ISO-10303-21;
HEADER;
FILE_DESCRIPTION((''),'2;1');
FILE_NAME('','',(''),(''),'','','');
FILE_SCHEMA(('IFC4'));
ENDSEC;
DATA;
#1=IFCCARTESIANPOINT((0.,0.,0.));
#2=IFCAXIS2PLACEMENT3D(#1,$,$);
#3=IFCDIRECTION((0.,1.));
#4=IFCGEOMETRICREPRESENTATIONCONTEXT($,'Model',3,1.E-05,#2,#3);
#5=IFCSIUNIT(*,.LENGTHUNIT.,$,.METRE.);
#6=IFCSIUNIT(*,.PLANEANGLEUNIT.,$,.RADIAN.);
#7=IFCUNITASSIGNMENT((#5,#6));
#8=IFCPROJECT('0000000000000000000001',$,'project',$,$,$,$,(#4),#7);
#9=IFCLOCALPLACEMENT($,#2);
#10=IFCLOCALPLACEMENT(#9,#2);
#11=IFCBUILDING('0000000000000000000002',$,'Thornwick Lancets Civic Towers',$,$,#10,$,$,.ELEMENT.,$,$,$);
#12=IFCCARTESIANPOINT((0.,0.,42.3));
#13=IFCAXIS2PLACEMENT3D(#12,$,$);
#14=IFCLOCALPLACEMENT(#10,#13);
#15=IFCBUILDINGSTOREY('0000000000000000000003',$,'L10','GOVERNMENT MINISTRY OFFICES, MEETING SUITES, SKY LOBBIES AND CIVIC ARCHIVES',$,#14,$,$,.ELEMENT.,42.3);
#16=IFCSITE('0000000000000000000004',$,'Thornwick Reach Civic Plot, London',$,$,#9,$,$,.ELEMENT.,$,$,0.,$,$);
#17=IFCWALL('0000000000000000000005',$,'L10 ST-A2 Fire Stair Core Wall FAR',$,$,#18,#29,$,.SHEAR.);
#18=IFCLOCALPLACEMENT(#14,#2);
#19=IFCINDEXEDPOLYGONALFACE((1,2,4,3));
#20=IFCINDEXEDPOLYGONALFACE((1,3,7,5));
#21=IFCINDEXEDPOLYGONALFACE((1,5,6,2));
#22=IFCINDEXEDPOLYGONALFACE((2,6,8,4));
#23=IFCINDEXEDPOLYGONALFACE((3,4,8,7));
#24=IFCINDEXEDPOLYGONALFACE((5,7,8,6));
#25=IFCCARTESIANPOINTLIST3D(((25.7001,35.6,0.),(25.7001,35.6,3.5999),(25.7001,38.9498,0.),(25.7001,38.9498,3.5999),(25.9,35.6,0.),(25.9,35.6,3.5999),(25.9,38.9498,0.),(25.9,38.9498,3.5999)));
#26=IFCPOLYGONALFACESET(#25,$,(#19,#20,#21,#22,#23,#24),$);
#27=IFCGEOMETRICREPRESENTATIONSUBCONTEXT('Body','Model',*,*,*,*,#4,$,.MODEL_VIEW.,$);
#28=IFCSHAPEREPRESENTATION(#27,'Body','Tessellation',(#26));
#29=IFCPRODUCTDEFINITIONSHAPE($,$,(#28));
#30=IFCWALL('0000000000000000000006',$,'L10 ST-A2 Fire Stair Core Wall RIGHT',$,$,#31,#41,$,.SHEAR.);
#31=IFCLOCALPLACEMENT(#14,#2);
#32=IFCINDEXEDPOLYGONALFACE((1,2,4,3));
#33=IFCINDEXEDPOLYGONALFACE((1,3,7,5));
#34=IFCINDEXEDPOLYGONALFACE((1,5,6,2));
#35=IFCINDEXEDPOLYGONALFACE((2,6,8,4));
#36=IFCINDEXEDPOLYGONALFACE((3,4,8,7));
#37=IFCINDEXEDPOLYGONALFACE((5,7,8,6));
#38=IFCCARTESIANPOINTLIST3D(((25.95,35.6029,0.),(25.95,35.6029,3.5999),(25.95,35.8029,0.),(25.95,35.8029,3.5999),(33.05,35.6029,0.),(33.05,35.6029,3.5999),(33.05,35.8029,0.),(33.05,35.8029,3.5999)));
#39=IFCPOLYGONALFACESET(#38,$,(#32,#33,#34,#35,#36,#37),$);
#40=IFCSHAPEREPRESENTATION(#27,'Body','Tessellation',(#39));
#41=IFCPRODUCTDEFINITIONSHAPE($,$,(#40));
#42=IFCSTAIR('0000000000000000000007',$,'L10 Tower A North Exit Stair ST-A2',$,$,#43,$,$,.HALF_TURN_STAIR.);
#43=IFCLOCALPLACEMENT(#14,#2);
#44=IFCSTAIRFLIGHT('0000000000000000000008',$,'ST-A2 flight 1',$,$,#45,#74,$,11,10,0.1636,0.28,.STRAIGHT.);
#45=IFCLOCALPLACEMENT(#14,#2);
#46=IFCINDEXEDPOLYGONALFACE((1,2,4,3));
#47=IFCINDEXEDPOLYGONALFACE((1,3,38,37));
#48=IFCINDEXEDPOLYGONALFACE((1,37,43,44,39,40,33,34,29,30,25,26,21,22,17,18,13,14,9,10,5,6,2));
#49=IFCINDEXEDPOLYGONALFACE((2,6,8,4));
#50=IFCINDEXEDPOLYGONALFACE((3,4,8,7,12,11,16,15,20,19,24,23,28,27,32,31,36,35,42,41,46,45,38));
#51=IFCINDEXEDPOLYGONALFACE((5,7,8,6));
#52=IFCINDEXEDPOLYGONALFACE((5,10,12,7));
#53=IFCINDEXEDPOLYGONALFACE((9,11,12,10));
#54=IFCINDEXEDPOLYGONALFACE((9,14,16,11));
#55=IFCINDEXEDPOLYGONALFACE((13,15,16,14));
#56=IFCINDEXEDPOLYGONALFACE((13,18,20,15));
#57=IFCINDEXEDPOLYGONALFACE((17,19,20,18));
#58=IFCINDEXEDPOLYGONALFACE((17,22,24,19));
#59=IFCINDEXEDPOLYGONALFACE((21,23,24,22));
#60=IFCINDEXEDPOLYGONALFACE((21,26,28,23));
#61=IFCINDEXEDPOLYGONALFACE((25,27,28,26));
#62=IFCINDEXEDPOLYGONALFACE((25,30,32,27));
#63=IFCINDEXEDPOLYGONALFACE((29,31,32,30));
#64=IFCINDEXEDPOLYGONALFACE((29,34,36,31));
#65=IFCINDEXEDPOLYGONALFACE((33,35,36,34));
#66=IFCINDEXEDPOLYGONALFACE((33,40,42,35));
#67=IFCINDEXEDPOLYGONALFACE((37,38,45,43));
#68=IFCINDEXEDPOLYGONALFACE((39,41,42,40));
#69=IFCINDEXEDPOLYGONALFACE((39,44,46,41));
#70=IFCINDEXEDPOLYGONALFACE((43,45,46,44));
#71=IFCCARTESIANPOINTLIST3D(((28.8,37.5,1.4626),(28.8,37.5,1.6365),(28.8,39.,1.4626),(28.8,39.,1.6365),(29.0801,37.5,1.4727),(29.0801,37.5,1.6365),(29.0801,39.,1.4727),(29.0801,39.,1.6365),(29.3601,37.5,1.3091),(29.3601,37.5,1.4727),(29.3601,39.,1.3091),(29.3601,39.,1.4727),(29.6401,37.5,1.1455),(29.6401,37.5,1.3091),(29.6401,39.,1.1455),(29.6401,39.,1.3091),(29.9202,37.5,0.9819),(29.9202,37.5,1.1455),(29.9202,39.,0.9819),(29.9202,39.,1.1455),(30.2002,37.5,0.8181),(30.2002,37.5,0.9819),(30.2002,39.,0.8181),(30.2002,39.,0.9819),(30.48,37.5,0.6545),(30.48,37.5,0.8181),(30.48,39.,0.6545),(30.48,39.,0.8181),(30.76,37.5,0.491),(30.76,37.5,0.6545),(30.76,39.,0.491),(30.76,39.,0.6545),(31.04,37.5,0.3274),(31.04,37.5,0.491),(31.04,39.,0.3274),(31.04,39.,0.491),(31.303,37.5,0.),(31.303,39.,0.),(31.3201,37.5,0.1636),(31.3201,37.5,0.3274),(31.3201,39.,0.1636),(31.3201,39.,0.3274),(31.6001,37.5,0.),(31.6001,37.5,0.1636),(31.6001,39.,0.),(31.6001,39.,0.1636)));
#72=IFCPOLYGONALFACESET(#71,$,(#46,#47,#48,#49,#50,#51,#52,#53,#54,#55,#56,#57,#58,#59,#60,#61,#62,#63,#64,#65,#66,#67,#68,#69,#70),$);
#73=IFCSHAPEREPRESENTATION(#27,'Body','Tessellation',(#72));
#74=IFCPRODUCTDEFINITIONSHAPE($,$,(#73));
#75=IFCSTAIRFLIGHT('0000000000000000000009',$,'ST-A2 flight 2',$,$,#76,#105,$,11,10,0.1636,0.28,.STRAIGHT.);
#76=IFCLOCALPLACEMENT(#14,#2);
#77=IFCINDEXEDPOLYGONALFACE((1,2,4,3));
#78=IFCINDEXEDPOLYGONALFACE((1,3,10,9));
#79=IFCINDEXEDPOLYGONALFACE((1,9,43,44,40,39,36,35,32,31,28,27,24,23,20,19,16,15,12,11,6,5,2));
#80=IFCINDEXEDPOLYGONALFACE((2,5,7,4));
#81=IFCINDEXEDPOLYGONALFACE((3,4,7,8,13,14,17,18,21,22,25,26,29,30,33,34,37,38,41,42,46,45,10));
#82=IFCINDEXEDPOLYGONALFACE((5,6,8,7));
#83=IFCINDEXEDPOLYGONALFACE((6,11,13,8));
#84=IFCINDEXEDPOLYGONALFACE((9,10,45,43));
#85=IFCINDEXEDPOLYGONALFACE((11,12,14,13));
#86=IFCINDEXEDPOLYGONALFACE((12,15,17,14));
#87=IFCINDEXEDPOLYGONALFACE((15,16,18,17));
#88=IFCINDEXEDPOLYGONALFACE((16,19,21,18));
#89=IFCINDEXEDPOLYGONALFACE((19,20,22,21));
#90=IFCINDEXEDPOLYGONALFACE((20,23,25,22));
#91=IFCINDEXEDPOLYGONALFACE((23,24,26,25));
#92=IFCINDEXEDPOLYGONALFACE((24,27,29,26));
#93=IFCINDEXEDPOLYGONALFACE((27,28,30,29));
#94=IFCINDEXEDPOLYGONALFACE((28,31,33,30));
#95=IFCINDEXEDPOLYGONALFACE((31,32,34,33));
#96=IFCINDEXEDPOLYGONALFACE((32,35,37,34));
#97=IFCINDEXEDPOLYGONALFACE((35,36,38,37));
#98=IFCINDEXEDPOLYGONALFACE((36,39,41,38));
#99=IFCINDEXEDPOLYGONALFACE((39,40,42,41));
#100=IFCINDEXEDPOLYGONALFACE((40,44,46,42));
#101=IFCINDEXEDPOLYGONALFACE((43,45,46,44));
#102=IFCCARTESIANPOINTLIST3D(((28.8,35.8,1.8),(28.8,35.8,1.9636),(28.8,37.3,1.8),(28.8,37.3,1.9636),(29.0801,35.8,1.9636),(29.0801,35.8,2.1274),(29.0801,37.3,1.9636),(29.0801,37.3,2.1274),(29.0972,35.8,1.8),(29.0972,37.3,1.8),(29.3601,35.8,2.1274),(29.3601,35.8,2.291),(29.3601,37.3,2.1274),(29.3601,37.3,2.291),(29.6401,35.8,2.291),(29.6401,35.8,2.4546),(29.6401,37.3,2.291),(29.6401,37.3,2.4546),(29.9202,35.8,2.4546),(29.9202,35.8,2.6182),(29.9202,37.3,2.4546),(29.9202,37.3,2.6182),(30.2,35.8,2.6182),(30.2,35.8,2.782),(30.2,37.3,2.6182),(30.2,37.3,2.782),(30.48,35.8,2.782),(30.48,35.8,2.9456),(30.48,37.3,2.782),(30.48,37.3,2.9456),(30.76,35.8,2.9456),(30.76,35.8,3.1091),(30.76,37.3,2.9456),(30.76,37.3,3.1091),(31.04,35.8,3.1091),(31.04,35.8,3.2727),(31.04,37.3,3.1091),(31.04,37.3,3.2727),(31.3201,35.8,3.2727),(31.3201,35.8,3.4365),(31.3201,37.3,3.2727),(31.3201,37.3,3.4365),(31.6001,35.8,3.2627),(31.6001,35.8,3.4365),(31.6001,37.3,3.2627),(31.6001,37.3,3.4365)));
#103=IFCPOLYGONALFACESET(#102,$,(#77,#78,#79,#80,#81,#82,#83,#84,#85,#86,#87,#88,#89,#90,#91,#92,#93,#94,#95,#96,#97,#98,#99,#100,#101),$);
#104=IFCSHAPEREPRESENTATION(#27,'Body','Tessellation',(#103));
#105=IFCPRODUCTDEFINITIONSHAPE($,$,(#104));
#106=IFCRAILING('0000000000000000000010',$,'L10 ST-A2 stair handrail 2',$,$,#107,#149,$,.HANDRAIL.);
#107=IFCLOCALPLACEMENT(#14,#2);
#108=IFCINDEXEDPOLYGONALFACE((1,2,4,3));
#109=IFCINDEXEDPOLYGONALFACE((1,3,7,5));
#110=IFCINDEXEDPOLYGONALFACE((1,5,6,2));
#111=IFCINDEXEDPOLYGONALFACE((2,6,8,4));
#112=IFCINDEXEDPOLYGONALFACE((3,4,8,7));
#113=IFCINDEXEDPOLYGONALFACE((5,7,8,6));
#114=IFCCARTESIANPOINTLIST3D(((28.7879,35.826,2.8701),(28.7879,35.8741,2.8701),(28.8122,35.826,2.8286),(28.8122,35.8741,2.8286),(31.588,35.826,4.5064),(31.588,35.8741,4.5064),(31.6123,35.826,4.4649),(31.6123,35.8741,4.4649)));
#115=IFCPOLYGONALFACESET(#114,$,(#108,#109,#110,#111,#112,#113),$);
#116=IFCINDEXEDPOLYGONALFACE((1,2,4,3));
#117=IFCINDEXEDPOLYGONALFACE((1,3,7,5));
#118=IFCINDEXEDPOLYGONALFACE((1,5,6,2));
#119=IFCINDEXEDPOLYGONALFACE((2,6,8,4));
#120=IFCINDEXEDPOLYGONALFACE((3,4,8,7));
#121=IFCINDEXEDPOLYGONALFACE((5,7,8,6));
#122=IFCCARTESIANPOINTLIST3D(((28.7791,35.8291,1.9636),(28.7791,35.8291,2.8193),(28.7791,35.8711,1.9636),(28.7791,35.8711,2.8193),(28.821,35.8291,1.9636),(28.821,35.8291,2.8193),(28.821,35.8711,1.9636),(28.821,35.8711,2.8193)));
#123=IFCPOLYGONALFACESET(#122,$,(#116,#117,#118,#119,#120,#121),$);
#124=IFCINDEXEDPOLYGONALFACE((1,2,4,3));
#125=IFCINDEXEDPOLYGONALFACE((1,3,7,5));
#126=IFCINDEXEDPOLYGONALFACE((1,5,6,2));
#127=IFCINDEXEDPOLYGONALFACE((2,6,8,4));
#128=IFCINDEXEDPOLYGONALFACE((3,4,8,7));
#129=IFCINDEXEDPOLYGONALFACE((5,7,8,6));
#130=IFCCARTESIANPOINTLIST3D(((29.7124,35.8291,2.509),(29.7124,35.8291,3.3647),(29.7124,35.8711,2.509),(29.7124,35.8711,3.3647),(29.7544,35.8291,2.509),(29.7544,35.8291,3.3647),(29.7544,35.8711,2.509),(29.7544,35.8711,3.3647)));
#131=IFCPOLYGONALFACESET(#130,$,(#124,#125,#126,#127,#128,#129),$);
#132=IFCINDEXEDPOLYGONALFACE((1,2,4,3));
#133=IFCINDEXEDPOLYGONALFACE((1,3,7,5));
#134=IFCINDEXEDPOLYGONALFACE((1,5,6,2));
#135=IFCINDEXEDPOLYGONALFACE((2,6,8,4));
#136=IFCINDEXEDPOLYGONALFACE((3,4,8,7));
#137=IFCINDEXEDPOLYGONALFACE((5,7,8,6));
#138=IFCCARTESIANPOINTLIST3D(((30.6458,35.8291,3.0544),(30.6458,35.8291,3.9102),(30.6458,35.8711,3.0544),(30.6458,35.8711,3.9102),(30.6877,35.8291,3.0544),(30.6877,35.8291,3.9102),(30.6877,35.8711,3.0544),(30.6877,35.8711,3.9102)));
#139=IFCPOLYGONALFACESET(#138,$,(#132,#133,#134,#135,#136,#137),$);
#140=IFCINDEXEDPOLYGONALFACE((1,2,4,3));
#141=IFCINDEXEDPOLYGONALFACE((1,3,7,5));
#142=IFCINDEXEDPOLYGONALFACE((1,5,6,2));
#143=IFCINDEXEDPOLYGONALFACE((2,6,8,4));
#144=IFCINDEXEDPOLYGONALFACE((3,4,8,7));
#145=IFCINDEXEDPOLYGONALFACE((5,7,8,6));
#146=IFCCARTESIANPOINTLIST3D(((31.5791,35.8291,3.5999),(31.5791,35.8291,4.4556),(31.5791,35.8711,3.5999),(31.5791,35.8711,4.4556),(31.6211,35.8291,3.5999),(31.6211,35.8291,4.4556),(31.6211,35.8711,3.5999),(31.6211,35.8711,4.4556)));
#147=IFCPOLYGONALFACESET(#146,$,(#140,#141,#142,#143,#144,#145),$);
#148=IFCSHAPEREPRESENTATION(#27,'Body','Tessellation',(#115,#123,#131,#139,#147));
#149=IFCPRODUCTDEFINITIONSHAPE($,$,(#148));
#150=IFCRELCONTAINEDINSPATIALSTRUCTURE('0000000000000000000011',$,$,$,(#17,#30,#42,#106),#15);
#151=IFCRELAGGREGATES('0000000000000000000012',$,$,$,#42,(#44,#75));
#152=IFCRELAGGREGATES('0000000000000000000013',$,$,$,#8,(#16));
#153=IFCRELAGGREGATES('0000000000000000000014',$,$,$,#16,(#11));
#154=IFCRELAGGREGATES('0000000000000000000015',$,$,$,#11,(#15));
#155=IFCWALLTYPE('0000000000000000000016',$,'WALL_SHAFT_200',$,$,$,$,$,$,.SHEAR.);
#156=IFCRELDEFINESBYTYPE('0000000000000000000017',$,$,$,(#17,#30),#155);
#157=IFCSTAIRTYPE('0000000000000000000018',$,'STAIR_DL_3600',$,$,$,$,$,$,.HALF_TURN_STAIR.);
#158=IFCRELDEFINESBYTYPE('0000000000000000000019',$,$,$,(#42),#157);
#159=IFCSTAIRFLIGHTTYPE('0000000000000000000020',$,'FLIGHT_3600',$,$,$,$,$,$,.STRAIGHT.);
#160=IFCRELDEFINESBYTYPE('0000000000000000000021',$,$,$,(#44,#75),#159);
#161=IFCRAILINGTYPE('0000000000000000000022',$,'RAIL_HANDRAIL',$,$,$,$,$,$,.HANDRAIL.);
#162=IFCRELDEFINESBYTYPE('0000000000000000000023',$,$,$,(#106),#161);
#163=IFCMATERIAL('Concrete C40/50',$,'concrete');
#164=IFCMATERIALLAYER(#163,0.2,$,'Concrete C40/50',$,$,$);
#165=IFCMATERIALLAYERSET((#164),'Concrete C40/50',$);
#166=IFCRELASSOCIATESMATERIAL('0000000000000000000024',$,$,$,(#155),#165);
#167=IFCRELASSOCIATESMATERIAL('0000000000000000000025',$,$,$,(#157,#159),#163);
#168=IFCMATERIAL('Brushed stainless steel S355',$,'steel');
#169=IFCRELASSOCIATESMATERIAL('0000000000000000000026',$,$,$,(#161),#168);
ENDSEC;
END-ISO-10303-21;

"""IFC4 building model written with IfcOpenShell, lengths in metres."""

from ifc_helpers import new_model, si_unit, direction, frame, frame_2d, origin, origin_2d, place, context, subcontext, project, spatial, polyline, rectangle, outline, extrude, material, layer, layer_set, type_object, element, aggregate, save


model = new_model("IFC4")

# Units and contexts
model_context = context("Model", 3, precision=1e-05, world=origin(), true_north=direction((0.0, 1.0)))
body_context = subcontext(model_context, "Body", "Model", "MODEL_VIEW")
ifc_project = project(units=[si_unit("LENGTHUNIT", "METRE"), si_unit("PLANEANGLEUNIT", "RADIAN")], contexts=[model_context])

# Site, building, storey
site_placement = place(None, origin())
site = spatial("IfcSite", under=ifc_project, at=site_placement, Name="Thornwick Reach Civic Plot, London", CompositionType="ELEMENT", RefElevation=0.0)
building_placement = place(site_placement, origin())
building = spatial("IfcBuilding", under=site, at=building_placement, Name="Thornwick Lancets Civic Towers", CompositionType="ELEMENT")
storey_placement = place(building_placement, frame((0.0, 0.0, 42.3)))
storey = spatial("IfcBuildingStorey", under=building, at=storey_placement, Name="L10", Description="GOVERNMENT MINISTRY OFFICES, MEETING SUITES, SKY LOBBIES AND CIVIC ARCHIVES", CompositionType="ELEMENT", Elevation=42.3)

# Shared definitions
ifc_material_1 = material(Name="Concrete C40/50", Category="concrete")

# Walls
ifc_layer_1 = layer(ifc_material_1, 0.2, Name="Concrete C40/50")
ifc_layer_set_1 = layer_set([ifc_layer_1], Name="Concrete C40/50")
wall_type_1 = type_object("IfcWallType", Name="WALL_SHAFT_200", PredefinedType="SHEAR", material=ifc_layer_set_1)
wall_1_placement = place(storey_placement, frame((25.8, 35.6001, 0.0), z_axis=(0.0, 0.0, 1.0), x_axis=(0.0, 1.0, 0.0)))
element("IfcWall", 1, at=wall_1_placement, inside=storey, type_object=wall_type_1, Name="L10 ST-A2 Fire Stair Core Wall FAR", PredefinedType="SHEAR", context=body_context, shape_type="SweptSolid", body=[
    extrude(rectangle(XDim=3.3499, YDim=0.2, at=frame_2d((1.6748, 0.0))), origin(), (0.0, 0.0, 1.0), 3.5999),
])
wall_2_placement = place(storey_placement, frame((25.95, 35.7029, 0.0), z_axis=(0.0, 0.0, 1.0), x_axis=(1.0, 0.0, 0.0)))
element("IfcWall", 2, at=wall_2_placement, inside=storey, type_object=wall_type_1, Name="L10 ST-A2 Fire Stair Core Wall RIGHT", PredefinedType="SHEAR", context=body_context, shape_type="SweptSolid", body=[
    extrude(rectangle(XDim=7.1001, YDim=0.2, at=frame_2d((3.55, 0.0))), origin(), (0.0, 0.0, 1.0), 3.5999),
])

# Stair, stair flights
stair_type = type_object("IfcStairType", Name="STAIR_DL_3600", PredefinedType="HALF_TURN_STAIR", material=ifc_material_1)
stair_placement = place(storey_placement, origin())
stair = element("IfcStair", 3, at=stair_placement, inside=storey, type_object=stair_type, Name="L10 Tower A North Exit Stair ST-A2", PredefinedType="HALF_TURN_STAIR")
stair_flight_type = type_object("IfcStairFlightType", Name="FLIGHT_3600", PredefinedType="STRAIGHT", material=ifc_material_1)
stair_flight_1_placement = place(storey_placement, frame((31.6001, 38.25, 0.0), z_axis=(0.0, 0.0, 1.0), x_axis=(-1.0, 0.0, 0.0)))
stair_flight_1 = element("IfcStairFlight", 4, at=stair_flight_1_placement, type_object=stair_flight_type, Name="ST-A2 flight 1", NumberOfRisers=11, NumberOfTreads=10, PredefinedType="STRAIGHT", RiserHeight=0.1636, TreadLength=0.28, context=body_context, shape_type="SweptSolid", body=[
    extrude(outline(polyline([(0.0, 0.0), (0.0, 0.1636), (0.28, 0.1636), (0.28, 0.3274), (0.5601, 0.3274), (0.5601, 0.491), (0.8401, 0.491), (0.8401, 0.6545), (1.1201, 0.6545), (1.1201, 0.8181), (1.3999, 0.8181), (1.3999, 0.9819), (1.6799, 0.9819), (1.6799, 1.1455), (1.96, 1.1455), (1.96, 1.3091), (2.24, 1.3091), (2.24, 1.4727), (2.52, 1.4727), (2.52, 1.6365), (2.8, 1.6365), (2.8, 1.8), (2.8, 1.4626), (0.2971, 0.0), (0.0, 0.0)])), frame((0.0, 0.75, 0.0), z_axis=(0.0, -1.0, 0.0), x_axis=(1.0, 0.0, 0.0)), (0.0, 0.0, 1.0), 1.5),
])
stair_flight_2_placement = place(storey_placement, frame((28.8, 36.55, 1.8), z_axis=(0.0, 0.0, 1.0), x_axis=(1.0, 0.0, 0.0)))
stair_flight_2 = element("IfcStairFlight", 5, at=stair_flight_2_placement, type_object=stair_flight_type, Name="ST-A2 flight 2", NumberOfRisers=11, NumberOfTreads=10, PredefinedType="STRAIGHT", RiserHeight=0.1636, TreadLength=0.28, context=body_context, shape_type="SweptSolid", body=[
    extrude(outline(polyline([(0.0, 0.0), (0.0, 0.1636), (0.28, 0.1636), (0.28, 0.3274), (0.5601, 0.3274), (0.5601, 0.491), (0.8401, 0.491), (0.8401, 0.6545), (1.1201, 0.6545), (1.1201, 0.8181), (1.3999, 0.8181), (1.3999, 0.9819), (1.6799, 0.9819), (1.6799, 1.1455), (1.96, 1.1455), (1.96, 1.3091), (2.24, 1.3091), (2.24, 1.4727), (2.52, 1.4727), (2.52, 1.6365), (2.8, 1.6365), (2.8, 1.8), (2.8, 1.4626), (0.2971, 0.0), (0.0, 0.0)])), frame((0.0, 0.75, 0.0), z_axis=(0.0, -1.0, 0.0), x_axis=(1.0, 0.0, 0.0)), (0.0, 0.0, 1.0), 1.5),
])
aggregate(stair, [stair_flight_1, stair_flight_2])

# Railing
ifc_material_2 = material(Name="Brushed stainless steel S355", Category="steel")
railing_type_1 = type_object("IfcRailingType", Name="RAIL_HANDRAIL", PredefinedType="HANDRAIL", material=ifc_material_2)
railing_1_placement = place(storey_placement, frame((28.8, 35.8501, 1.9636)))
element("IfcRailing", 6, at=railing_1_placement, inside=storey, type_object=railing_type_1, Name="L10 ST-A2 stair handrail 2", PredefinedType="HANDRAIL", context=body_context, shape_type="SweptSolid", body=[
    extrude(rectangle(XDim=0.0481, YDim=0.0481, at=origin_2d()), frame((0.0, 0.0, 0.8857), z_axis=(0.863394, 0.0, 0.504531), x_axis=(0.0, 1.0, 0.0)), (0.0, 0.0, 1.0), 3.2432),
    extrude(rectangle(XDim=0.042, YDim=0.042, at=origin_2d()), origin(), (0.0, 0.0, 1.0), 0.8557),
    extrude(rectangle(XDim=0.042, YDim=0.042, at=origin_2d()), frame((0.9333, 0.0, 0.5454)), (0.0, 0.0, 1.0), 0.8557),
    extrude(rectangle(XDim=0.042, YDim=0.042, at=origin_2d()), frame((1.8667, 0.0, 1.0908)), (0.0, 0.0, 1.0), 0.8557),
    extrude(rectangle(XDim=0.042, YDim=0.042, at=origin_2d()), frame((2.8, 0.0, 1.6362)), (0.0, 0.0, 1.0), 0.8557),
])

save(model, "model.ifc")
